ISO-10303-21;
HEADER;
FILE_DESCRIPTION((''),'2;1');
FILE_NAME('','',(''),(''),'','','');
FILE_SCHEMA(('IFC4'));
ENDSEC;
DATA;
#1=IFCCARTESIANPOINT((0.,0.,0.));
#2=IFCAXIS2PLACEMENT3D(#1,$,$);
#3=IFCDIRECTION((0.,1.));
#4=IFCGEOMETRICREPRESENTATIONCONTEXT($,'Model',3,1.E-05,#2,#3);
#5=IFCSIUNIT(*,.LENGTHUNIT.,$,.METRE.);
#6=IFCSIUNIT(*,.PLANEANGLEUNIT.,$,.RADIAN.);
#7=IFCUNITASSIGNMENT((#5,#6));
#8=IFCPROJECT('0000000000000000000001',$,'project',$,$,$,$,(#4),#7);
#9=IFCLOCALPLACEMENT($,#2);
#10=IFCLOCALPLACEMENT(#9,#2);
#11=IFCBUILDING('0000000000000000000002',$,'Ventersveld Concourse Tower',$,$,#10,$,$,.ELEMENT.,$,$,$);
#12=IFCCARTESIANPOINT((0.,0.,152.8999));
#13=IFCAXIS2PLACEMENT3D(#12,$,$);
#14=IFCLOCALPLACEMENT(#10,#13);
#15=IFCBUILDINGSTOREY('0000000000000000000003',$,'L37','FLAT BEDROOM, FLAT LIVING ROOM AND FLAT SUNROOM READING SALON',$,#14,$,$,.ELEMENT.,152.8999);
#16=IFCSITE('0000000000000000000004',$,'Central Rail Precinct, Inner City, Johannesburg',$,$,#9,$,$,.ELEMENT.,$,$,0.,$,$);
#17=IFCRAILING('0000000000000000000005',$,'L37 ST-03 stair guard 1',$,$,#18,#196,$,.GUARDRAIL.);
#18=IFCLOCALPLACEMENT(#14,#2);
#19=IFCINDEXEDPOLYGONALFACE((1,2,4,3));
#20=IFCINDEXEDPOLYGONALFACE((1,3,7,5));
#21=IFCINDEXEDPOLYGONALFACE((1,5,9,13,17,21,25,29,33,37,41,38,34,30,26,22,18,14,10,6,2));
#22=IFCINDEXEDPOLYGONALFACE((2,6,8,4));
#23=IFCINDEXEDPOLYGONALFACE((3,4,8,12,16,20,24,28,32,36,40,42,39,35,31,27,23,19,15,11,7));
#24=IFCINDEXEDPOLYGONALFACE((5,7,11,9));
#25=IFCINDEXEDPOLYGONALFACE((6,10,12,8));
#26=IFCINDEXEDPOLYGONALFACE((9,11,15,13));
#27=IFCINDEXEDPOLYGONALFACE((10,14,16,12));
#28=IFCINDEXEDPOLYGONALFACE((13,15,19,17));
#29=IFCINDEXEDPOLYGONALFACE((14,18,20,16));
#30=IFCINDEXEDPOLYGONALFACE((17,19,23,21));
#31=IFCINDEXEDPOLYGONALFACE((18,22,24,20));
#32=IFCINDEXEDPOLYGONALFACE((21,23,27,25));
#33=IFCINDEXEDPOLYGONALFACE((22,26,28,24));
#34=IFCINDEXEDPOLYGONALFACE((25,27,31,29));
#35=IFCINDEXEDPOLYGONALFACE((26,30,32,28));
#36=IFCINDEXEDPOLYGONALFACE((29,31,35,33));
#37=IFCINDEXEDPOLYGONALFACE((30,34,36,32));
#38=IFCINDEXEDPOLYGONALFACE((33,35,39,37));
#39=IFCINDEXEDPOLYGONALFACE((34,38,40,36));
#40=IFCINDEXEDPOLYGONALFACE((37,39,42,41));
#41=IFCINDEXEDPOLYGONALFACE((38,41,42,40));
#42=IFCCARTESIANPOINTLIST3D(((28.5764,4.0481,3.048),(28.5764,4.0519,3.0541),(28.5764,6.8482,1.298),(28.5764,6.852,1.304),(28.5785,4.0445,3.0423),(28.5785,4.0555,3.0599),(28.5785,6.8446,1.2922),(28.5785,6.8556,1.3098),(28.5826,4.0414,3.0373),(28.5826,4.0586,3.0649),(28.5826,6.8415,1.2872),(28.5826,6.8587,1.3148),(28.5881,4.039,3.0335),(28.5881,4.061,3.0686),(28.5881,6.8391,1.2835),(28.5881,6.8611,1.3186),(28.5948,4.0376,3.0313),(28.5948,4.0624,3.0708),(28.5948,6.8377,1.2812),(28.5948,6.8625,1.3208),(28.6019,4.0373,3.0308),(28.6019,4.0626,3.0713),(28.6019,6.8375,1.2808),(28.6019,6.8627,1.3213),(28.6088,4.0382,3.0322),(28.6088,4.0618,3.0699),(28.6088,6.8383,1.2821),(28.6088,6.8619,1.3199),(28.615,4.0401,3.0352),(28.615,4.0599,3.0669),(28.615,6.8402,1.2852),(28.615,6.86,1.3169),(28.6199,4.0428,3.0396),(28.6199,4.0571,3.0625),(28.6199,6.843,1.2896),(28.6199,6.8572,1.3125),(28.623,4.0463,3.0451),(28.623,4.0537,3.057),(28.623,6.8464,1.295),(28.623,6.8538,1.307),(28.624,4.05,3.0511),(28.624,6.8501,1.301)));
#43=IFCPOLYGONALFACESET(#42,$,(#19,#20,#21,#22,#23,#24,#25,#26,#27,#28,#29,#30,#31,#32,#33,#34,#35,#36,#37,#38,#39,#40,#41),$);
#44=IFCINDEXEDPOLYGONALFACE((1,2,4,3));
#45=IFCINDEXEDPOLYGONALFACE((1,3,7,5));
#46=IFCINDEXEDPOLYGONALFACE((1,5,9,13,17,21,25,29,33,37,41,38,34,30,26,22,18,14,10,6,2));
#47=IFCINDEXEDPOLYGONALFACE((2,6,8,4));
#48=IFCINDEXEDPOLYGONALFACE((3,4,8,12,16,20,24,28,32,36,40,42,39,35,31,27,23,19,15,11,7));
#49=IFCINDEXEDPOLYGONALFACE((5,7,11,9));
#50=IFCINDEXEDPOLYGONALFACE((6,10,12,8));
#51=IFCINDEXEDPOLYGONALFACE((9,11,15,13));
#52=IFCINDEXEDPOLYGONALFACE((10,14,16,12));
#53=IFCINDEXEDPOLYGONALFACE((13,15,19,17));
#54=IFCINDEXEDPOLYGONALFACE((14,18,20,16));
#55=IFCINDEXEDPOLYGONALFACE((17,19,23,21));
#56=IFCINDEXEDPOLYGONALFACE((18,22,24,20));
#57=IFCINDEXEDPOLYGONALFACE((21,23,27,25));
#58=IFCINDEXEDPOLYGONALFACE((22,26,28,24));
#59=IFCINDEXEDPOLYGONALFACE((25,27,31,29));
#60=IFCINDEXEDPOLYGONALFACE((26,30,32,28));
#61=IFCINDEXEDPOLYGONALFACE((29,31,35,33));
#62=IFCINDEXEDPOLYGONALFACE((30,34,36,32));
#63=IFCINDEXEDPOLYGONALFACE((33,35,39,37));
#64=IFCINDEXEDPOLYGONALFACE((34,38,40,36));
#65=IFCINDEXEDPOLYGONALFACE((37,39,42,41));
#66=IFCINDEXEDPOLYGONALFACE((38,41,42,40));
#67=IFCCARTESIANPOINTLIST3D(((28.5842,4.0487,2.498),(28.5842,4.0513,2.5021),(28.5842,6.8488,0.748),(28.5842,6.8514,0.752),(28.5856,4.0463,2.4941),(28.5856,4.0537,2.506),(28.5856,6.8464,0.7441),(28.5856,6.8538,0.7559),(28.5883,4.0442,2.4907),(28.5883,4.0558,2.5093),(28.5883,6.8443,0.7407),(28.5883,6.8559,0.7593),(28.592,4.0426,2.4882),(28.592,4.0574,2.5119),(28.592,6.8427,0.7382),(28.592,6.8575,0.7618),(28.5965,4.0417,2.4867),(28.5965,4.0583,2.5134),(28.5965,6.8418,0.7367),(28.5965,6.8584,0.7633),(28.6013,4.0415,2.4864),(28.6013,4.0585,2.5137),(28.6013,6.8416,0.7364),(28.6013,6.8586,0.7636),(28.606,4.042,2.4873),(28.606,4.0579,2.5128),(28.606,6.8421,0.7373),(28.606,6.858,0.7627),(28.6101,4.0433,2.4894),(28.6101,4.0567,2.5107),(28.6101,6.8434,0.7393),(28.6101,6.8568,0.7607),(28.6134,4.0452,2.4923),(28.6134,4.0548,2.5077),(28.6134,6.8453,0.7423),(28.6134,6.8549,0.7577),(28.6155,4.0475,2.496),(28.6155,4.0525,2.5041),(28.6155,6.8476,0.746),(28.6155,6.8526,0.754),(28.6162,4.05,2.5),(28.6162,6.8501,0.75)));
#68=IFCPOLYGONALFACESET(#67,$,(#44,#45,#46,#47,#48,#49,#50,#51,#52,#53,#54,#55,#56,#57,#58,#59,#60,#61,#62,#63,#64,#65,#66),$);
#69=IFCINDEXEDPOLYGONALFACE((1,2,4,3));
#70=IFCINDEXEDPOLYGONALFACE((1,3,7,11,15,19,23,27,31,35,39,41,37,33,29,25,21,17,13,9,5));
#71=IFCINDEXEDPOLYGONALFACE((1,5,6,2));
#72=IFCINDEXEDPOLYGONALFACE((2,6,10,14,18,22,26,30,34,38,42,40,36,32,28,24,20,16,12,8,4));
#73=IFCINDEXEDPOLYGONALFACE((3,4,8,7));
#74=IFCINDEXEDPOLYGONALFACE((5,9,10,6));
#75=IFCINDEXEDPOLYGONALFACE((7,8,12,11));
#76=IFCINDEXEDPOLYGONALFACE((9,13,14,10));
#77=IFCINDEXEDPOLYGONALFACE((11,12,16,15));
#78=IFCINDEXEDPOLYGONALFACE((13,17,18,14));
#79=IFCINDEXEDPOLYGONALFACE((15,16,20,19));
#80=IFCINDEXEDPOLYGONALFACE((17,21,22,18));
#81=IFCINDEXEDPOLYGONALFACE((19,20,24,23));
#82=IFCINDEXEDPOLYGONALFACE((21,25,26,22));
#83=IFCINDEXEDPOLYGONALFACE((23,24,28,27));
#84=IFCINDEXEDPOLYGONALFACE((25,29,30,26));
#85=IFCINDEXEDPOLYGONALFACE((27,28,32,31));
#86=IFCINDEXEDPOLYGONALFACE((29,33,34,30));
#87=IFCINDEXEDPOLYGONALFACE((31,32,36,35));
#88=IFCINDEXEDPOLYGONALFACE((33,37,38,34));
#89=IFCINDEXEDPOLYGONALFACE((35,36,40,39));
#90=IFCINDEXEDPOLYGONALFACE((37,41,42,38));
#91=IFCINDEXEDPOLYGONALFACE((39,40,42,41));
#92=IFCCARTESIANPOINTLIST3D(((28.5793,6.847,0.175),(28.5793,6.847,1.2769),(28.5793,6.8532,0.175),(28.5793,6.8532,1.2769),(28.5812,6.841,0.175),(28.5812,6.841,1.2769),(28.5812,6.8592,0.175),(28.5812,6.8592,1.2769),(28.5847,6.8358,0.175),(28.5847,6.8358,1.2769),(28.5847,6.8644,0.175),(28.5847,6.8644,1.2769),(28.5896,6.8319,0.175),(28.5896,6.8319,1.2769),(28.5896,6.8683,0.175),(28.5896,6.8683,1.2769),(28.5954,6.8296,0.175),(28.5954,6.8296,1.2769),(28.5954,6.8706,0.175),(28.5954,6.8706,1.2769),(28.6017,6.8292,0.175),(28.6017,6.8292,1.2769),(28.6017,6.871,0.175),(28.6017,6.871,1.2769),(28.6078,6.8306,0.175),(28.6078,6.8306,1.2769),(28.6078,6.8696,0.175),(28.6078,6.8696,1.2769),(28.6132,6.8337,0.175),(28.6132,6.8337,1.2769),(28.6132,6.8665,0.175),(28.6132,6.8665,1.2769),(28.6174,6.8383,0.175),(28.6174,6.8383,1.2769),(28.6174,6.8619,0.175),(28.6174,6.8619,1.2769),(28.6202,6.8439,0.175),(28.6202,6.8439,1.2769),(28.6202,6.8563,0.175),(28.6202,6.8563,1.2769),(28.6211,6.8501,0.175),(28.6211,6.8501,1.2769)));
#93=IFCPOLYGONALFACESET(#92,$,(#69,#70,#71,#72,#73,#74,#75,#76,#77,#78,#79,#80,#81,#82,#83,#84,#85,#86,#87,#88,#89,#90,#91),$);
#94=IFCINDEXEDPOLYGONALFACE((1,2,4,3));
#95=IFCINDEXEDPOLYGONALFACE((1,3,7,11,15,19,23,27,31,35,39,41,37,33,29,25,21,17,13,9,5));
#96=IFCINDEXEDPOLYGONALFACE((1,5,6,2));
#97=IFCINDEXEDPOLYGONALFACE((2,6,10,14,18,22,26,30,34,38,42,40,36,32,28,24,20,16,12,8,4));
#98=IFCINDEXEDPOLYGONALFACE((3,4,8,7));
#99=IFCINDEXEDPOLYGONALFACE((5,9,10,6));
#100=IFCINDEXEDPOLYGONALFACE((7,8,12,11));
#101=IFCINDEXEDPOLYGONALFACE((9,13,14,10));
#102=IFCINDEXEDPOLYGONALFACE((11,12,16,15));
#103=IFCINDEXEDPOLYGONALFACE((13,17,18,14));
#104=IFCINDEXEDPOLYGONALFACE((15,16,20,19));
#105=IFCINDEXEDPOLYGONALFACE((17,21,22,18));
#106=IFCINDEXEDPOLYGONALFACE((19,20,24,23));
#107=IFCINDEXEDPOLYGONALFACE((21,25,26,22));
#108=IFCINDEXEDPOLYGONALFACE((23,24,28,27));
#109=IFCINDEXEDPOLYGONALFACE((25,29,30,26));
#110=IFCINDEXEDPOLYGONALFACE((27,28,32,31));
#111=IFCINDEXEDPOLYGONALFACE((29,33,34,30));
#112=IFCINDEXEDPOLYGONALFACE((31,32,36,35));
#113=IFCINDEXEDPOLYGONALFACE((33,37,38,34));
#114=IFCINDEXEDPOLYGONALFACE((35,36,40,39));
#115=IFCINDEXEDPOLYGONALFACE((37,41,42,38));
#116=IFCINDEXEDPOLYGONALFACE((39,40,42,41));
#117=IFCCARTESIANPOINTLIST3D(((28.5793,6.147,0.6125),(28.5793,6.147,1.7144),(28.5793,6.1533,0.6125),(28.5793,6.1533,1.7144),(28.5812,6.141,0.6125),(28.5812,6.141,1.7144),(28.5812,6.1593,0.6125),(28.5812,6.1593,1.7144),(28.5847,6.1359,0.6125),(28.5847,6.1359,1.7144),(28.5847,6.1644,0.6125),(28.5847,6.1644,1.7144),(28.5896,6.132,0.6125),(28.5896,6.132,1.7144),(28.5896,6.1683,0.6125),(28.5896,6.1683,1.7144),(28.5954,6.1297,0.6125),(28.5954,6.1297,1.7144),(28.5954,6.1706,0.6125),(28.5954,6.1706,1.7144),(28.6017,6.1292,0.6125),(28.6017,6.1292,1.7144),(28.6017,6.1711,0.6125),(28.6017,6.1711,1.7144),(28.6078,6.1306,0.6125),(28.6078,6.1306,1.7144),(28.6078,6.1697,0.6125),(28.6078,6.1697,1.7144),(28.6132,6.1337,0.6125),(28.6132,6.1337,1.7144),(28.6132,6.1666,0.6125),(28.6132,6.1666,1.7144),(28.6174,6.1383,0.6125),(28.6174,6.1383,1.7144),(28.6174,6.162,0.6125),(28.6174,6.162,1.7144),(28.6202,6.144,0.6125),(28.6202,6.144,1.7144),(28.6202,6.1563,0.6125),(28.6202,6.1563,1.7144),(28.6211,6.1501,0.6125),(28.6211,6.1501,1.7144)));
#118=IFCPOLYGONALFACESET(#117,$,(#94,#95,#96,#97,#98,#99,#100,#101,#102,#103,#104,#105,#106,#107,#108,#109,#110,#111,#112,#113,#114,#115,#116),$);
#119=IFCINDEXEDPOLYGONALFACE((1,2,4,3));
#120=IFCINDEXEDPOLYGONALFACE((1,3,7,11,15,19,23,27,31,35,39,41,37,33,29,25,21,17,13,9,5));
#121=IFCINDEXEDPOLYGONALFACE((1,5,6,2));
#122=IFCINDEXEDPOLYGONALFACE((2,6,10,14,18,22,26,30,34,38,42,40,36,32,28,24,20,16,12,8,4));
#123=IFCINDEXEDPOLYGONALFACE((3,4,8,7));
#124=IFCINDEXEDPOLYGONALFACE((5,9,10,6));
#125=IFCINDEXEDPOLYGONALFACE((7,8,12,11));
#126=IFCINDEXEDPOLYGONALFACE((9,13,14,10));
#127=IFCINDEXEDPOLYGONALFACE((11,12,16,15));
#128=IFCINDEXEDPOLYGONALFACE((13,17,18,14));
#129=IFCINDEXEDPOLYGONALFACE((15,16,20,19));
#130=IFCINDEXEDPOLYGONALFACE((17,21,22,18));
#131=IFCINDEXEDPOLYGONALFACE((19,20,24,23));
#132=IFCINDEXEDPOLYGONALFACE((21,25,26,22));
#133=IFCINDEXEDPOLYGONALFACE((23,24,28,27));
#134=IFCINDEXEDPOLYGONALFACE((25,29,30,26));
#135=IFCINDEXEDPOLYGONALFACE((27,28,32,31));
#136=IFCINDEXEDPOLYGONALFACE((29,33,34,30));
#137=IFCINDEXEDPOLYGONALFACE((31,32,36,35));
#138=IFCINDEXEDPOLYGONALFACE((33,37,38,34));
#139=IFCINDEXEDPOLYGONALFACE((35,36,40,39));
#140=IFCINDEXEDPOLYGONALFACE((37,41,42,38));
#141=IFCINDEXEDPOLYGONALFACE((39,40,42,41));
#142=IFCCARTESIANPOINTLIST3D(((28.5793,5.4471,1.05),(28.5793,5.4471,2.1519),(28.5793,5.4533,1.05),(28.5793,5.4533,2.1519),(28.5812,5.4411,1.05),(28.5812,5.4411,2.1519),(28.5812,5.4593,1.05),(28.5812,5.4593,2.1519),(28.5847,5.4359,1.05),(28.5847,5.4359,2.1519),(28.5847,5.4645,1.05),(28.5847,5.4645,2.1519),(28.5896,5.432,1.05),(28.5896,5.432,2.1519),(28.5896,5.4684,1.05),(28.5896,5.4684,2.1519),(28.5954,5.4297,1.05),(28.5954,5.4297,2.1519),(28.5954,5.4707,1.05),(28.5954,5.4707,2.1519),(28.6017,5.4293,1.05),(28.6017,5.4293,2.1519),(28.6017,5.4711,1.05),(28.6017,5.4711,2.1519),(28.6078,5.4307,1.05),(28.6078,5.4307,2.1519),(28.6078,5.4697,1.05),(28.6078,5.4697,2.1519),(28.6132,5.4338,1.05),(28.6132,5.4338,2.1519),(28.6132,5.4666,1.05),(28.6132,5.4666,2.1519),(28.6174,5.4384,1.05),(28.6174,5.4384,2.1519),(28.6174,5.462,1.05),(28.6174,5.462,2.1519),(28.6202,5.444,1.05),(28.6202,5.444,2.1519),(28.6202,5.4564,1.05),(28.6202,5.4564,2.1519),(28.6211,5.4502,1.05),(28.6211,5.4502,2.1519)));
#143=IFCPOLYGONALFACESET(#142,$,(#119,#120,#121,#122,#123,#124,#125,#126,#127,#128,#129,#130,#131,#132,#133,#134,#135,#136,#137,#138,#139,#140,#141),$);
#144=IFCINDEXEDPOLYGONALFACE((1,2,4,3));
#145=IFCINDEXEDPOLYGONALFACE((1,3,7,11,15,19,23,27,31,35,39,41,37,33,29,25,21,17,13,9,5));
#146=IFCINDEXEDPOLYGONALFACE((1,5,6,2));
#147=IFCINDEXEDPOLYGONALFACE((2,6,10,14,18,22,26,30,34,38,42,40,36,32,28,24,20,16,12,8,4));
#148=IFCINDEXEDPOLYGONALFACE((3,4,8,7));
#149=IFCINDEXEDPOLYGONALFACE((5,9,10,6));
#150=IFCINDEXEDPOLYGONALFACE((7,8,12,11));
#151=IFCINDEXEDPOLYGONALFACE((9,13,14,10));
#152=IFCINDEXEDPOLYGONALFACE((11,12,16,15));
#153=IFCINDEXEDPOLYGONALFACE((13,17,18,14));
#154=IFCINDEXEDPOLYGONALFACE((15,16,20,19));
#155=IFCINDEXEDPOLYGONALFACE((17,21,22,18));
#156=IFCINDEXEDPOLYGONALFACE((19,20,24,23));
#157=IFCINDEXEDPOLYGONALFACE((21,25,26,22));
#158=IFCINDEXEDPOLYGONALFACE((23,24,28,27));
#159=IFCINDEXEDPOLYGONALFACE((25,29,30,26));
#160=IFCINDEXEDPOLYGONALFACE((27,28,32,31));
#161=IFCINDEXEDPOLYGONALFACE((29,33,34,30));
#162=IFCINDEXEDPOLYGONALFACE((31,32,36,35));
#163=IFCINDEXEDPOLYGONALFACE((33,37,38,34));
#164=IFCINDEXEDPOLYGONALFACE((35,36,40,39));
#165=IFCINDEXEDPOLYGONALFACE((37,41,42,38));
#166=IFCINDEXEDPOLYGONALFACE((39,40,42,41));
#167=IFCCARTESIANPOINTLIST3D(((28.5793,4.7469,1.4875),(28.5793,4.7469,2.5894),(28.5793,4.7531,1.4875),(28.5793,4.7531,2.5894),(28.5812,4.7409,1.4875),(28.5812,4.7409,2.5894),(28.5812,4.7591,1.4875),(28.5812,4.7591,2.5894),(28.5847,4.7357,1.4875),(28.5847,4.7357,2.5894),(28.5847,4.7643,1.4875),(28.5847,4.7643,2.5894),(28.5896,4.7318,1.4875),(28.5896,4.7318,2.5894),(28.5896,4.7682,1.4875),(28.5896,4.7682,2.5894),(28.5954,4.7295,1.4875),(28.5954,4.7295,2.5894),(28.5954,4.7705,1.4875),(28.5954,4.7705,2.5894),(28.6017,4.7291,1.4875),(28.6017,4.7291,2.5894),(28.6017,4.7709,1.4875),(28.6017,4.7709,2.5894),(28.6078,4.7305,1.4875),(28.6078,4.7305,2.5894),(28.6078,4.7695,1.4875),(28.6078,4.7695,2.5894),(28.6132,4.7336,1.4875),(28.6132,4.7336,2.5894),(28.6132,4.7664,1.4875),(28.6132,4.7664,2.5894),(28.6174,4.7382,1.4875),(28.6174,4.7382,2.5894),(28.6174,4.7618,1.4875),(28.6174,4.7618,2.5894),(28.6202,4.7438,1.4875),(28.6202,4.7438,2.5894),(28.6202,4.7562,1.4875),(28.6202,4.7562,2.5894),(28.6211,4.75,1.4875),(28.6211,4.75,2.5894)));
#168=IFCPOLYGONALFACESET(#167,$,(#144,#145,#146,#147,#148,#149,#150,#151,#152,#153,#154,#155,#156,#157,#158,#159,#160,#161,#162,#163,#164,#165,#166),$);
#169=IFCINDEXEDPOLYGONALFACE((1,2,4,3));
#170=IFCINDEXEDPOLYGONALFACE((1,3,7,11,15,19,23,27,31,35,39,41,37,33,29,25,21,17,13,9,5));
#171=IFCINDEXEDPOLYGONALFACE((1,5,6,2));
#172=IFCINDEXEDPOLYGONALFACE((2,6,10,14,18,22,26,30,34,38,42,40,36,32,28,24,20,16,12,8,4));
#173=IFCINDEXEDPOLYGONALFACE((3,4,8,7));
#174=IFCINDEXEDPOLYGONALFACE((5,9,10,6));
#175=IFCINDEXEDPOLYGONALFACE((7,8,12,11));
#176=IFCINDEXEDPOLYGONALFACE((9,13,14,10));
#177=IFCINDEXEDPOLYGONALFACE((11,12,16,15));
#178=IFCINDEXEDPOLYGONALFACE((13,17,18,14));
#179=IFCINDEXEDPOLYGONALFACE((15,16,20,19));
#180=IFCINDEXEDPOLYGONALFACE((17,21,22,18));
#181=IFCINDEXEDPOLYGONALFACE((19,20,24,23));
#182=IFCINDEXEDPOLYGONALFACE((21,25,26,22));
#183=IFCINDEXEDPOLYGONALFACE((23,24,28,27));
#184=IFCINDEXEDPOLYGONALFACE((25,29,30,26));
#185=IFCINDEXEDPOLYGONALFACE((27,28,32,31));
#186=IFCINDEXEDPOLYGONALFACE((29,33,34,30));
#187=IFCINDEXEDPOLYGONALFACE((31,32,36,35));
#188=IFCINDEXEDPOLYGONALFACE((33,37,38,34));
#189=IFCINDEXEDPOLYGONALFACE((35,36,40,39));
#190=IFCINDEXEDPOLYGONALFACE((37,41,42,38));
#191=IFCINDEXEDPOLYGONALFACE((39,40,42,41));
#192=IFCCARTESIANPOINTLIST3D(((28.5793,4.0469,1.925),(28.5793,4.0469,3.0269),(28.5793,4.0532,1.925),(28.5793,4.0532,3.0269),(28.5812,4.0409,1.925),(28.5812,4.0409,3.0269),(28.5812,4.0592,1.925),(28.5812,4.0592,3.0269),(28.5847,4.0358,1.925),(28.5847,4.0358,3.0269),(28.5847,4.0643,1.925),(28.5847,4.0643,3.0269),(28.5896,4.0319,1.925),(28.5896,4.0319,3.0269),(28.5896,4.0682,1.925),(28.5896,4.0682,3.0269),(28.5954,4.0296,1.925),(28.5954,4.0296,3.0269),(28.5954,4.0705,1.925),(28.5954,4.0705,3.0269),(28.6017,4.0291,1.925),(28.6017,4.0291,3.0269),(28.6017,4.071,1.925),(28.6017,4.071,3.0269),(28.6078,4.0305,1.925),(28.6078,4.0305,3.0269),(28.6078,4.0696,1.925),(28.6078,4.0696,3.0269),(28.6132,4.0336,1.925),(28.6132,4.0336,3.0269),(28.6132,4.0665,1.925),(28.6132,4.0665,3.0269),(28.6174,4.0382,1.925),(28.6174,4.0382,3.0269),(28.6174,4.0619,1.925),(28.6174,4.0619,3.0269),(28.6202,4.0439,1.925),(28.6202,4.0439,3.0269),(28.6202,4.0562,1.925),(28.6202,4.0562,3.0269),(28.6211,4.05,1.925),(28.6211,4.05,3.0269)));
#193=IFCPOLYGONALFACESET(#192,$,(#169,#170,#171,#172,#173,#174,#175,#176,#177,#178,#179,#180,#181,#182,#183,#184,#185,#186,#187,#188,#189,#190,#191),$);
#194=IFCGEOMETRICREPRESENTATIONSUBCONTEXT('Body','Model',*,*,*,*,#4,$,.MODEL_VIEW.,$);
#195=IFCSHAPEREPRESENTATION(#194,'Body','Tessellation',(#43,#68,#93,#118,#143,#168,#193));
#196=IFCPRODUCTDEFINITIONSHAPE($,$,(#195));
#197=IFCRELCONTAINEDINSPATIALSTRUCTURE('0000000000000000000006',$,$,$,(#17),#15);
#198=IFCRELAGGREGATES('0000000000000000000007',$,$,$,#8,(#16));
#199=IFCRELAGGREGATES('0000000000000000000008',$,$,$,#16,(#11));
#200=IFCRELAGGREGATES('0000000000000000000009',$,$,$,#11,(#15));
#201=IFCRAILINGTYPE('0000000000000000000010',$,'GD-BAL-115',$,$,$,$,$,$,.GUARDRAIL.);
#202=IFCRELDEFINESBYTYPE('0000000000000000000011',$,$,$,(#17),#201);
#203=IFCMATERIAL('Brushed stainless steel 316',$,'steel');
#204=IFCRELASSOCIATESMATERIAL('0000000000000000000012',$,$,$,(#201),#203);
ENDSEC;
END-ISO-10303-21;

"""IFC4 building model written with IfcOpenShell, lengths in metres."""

from ifc_helpers import new_model, si_unit, direction, frame, origin, origin_2d, place, context, subcontext, project, spatial, circle, extrude, material, type_object, element, save


model = new_model("IFC4")

# Units and contexts
model_context = context("Model", 3, precision=1e-05, world=origin(), true_north=direction((0.0, 1.0)))
body_context = subcontext(model_context, "Body", "Model", "MODEL_VIEW")
ifc_project = project(units=[si_unit("LENGTHUNIT", "METRE"), si_unit("PLANEANGLEUNIT", "RADIAN")], contexts=[model_context])

# Site, building, storey
site_placement = place(None, origin())
site = spatial("IfcSite", under=ifc_project, at=site_placement, Name="Central Rail Precinct, Inner City, Johannesburg", CompositionType="ELEMENT", RefElevation=0.0)
building_placement = place(site_placement, origin())
building = spatial("IfcBuilding", under=site, at=building_placement, Name="Ventersveld Concourse Tower", CompositionType="ELEMENT")
storey_placement = place(building_placement, frame((0.0, 0.0, 152.8999)))
storey = spatial("IfcBuildingStorey", under=building, at=storey_placement, Name="L37", Description="FLAT BEDROOM, FLAT LIVING ROOM AND FLAT SUNROOM READING SALON", CompositionType="ELEMENT", Elevation=152.8999)

# Shared definitions
ifc_material_1 = material(Name="Brushed stainless steel 316", Category="steel")

# Railing
railing_type_1 = type_object("IfcRailingType", Name="GD-BAL-115", PredefinedType="GUARDRAIL", material=ifc_material_1)
railing_1_placement = place(storey_placement, frame((28.6001, 6.8501, 0.175)))
element("IfcRailing", 1, at=railing_1_placement, inside=storey, type_object=railing_type_1, Name="L37 ST-03 stair guard 1", PredefinedType="GUARDRAIL", context=body_context, shape_type="SweptSolid", body=[
    extrude(circle(Radius=0.0239, at=origin_2d()), frame((0.0, 0.0, 1.126), z_axis=(0.0, -0.848002, 0.529992), x_axis=(1.0, 0.0, 0.0)), (0.0, 0.0, 1.0), 3.302),
    extrude(circle(Radius=0.0161, at=origin_2d()), frame((0.0, 0.0, 0.575), z_axis=(0.0, -0.848002, 0.529992), x_axis=(1.0, 0.0, 0.0)), (0.0, 0.0, 1.0), 3.302),
    extrude(circle(Radius=0.021, at=origin_2d()), origin(), (0.0, 0.0, 1.0), 1.1018),
    extrude(circle(Radius=0.021, at=origin_2d()), frame((0.0, -0.7, 0.4375)), (0.0, 0.0, 1.0), 1.1018),
    extrude(circle(Radius=0.021, at=origin_2d()), frame((0.0, -1.3999, 0.875)), (0.0, 0.0, 1.0), 1.1018),
    extrude(circle(Radius=0.021, at=origin_2d()), frame((0.0, -2.1001, 1.3125)), (0.0, 0.0, 1.0), 1.1018),
    extrude(circle(Radius=0.021, at=origin_2d()), frame((0.0, -2.8, 1.75)), (0.0, 0.0, 1.0), 1.1018),
])

save(model, "model.ifc")
